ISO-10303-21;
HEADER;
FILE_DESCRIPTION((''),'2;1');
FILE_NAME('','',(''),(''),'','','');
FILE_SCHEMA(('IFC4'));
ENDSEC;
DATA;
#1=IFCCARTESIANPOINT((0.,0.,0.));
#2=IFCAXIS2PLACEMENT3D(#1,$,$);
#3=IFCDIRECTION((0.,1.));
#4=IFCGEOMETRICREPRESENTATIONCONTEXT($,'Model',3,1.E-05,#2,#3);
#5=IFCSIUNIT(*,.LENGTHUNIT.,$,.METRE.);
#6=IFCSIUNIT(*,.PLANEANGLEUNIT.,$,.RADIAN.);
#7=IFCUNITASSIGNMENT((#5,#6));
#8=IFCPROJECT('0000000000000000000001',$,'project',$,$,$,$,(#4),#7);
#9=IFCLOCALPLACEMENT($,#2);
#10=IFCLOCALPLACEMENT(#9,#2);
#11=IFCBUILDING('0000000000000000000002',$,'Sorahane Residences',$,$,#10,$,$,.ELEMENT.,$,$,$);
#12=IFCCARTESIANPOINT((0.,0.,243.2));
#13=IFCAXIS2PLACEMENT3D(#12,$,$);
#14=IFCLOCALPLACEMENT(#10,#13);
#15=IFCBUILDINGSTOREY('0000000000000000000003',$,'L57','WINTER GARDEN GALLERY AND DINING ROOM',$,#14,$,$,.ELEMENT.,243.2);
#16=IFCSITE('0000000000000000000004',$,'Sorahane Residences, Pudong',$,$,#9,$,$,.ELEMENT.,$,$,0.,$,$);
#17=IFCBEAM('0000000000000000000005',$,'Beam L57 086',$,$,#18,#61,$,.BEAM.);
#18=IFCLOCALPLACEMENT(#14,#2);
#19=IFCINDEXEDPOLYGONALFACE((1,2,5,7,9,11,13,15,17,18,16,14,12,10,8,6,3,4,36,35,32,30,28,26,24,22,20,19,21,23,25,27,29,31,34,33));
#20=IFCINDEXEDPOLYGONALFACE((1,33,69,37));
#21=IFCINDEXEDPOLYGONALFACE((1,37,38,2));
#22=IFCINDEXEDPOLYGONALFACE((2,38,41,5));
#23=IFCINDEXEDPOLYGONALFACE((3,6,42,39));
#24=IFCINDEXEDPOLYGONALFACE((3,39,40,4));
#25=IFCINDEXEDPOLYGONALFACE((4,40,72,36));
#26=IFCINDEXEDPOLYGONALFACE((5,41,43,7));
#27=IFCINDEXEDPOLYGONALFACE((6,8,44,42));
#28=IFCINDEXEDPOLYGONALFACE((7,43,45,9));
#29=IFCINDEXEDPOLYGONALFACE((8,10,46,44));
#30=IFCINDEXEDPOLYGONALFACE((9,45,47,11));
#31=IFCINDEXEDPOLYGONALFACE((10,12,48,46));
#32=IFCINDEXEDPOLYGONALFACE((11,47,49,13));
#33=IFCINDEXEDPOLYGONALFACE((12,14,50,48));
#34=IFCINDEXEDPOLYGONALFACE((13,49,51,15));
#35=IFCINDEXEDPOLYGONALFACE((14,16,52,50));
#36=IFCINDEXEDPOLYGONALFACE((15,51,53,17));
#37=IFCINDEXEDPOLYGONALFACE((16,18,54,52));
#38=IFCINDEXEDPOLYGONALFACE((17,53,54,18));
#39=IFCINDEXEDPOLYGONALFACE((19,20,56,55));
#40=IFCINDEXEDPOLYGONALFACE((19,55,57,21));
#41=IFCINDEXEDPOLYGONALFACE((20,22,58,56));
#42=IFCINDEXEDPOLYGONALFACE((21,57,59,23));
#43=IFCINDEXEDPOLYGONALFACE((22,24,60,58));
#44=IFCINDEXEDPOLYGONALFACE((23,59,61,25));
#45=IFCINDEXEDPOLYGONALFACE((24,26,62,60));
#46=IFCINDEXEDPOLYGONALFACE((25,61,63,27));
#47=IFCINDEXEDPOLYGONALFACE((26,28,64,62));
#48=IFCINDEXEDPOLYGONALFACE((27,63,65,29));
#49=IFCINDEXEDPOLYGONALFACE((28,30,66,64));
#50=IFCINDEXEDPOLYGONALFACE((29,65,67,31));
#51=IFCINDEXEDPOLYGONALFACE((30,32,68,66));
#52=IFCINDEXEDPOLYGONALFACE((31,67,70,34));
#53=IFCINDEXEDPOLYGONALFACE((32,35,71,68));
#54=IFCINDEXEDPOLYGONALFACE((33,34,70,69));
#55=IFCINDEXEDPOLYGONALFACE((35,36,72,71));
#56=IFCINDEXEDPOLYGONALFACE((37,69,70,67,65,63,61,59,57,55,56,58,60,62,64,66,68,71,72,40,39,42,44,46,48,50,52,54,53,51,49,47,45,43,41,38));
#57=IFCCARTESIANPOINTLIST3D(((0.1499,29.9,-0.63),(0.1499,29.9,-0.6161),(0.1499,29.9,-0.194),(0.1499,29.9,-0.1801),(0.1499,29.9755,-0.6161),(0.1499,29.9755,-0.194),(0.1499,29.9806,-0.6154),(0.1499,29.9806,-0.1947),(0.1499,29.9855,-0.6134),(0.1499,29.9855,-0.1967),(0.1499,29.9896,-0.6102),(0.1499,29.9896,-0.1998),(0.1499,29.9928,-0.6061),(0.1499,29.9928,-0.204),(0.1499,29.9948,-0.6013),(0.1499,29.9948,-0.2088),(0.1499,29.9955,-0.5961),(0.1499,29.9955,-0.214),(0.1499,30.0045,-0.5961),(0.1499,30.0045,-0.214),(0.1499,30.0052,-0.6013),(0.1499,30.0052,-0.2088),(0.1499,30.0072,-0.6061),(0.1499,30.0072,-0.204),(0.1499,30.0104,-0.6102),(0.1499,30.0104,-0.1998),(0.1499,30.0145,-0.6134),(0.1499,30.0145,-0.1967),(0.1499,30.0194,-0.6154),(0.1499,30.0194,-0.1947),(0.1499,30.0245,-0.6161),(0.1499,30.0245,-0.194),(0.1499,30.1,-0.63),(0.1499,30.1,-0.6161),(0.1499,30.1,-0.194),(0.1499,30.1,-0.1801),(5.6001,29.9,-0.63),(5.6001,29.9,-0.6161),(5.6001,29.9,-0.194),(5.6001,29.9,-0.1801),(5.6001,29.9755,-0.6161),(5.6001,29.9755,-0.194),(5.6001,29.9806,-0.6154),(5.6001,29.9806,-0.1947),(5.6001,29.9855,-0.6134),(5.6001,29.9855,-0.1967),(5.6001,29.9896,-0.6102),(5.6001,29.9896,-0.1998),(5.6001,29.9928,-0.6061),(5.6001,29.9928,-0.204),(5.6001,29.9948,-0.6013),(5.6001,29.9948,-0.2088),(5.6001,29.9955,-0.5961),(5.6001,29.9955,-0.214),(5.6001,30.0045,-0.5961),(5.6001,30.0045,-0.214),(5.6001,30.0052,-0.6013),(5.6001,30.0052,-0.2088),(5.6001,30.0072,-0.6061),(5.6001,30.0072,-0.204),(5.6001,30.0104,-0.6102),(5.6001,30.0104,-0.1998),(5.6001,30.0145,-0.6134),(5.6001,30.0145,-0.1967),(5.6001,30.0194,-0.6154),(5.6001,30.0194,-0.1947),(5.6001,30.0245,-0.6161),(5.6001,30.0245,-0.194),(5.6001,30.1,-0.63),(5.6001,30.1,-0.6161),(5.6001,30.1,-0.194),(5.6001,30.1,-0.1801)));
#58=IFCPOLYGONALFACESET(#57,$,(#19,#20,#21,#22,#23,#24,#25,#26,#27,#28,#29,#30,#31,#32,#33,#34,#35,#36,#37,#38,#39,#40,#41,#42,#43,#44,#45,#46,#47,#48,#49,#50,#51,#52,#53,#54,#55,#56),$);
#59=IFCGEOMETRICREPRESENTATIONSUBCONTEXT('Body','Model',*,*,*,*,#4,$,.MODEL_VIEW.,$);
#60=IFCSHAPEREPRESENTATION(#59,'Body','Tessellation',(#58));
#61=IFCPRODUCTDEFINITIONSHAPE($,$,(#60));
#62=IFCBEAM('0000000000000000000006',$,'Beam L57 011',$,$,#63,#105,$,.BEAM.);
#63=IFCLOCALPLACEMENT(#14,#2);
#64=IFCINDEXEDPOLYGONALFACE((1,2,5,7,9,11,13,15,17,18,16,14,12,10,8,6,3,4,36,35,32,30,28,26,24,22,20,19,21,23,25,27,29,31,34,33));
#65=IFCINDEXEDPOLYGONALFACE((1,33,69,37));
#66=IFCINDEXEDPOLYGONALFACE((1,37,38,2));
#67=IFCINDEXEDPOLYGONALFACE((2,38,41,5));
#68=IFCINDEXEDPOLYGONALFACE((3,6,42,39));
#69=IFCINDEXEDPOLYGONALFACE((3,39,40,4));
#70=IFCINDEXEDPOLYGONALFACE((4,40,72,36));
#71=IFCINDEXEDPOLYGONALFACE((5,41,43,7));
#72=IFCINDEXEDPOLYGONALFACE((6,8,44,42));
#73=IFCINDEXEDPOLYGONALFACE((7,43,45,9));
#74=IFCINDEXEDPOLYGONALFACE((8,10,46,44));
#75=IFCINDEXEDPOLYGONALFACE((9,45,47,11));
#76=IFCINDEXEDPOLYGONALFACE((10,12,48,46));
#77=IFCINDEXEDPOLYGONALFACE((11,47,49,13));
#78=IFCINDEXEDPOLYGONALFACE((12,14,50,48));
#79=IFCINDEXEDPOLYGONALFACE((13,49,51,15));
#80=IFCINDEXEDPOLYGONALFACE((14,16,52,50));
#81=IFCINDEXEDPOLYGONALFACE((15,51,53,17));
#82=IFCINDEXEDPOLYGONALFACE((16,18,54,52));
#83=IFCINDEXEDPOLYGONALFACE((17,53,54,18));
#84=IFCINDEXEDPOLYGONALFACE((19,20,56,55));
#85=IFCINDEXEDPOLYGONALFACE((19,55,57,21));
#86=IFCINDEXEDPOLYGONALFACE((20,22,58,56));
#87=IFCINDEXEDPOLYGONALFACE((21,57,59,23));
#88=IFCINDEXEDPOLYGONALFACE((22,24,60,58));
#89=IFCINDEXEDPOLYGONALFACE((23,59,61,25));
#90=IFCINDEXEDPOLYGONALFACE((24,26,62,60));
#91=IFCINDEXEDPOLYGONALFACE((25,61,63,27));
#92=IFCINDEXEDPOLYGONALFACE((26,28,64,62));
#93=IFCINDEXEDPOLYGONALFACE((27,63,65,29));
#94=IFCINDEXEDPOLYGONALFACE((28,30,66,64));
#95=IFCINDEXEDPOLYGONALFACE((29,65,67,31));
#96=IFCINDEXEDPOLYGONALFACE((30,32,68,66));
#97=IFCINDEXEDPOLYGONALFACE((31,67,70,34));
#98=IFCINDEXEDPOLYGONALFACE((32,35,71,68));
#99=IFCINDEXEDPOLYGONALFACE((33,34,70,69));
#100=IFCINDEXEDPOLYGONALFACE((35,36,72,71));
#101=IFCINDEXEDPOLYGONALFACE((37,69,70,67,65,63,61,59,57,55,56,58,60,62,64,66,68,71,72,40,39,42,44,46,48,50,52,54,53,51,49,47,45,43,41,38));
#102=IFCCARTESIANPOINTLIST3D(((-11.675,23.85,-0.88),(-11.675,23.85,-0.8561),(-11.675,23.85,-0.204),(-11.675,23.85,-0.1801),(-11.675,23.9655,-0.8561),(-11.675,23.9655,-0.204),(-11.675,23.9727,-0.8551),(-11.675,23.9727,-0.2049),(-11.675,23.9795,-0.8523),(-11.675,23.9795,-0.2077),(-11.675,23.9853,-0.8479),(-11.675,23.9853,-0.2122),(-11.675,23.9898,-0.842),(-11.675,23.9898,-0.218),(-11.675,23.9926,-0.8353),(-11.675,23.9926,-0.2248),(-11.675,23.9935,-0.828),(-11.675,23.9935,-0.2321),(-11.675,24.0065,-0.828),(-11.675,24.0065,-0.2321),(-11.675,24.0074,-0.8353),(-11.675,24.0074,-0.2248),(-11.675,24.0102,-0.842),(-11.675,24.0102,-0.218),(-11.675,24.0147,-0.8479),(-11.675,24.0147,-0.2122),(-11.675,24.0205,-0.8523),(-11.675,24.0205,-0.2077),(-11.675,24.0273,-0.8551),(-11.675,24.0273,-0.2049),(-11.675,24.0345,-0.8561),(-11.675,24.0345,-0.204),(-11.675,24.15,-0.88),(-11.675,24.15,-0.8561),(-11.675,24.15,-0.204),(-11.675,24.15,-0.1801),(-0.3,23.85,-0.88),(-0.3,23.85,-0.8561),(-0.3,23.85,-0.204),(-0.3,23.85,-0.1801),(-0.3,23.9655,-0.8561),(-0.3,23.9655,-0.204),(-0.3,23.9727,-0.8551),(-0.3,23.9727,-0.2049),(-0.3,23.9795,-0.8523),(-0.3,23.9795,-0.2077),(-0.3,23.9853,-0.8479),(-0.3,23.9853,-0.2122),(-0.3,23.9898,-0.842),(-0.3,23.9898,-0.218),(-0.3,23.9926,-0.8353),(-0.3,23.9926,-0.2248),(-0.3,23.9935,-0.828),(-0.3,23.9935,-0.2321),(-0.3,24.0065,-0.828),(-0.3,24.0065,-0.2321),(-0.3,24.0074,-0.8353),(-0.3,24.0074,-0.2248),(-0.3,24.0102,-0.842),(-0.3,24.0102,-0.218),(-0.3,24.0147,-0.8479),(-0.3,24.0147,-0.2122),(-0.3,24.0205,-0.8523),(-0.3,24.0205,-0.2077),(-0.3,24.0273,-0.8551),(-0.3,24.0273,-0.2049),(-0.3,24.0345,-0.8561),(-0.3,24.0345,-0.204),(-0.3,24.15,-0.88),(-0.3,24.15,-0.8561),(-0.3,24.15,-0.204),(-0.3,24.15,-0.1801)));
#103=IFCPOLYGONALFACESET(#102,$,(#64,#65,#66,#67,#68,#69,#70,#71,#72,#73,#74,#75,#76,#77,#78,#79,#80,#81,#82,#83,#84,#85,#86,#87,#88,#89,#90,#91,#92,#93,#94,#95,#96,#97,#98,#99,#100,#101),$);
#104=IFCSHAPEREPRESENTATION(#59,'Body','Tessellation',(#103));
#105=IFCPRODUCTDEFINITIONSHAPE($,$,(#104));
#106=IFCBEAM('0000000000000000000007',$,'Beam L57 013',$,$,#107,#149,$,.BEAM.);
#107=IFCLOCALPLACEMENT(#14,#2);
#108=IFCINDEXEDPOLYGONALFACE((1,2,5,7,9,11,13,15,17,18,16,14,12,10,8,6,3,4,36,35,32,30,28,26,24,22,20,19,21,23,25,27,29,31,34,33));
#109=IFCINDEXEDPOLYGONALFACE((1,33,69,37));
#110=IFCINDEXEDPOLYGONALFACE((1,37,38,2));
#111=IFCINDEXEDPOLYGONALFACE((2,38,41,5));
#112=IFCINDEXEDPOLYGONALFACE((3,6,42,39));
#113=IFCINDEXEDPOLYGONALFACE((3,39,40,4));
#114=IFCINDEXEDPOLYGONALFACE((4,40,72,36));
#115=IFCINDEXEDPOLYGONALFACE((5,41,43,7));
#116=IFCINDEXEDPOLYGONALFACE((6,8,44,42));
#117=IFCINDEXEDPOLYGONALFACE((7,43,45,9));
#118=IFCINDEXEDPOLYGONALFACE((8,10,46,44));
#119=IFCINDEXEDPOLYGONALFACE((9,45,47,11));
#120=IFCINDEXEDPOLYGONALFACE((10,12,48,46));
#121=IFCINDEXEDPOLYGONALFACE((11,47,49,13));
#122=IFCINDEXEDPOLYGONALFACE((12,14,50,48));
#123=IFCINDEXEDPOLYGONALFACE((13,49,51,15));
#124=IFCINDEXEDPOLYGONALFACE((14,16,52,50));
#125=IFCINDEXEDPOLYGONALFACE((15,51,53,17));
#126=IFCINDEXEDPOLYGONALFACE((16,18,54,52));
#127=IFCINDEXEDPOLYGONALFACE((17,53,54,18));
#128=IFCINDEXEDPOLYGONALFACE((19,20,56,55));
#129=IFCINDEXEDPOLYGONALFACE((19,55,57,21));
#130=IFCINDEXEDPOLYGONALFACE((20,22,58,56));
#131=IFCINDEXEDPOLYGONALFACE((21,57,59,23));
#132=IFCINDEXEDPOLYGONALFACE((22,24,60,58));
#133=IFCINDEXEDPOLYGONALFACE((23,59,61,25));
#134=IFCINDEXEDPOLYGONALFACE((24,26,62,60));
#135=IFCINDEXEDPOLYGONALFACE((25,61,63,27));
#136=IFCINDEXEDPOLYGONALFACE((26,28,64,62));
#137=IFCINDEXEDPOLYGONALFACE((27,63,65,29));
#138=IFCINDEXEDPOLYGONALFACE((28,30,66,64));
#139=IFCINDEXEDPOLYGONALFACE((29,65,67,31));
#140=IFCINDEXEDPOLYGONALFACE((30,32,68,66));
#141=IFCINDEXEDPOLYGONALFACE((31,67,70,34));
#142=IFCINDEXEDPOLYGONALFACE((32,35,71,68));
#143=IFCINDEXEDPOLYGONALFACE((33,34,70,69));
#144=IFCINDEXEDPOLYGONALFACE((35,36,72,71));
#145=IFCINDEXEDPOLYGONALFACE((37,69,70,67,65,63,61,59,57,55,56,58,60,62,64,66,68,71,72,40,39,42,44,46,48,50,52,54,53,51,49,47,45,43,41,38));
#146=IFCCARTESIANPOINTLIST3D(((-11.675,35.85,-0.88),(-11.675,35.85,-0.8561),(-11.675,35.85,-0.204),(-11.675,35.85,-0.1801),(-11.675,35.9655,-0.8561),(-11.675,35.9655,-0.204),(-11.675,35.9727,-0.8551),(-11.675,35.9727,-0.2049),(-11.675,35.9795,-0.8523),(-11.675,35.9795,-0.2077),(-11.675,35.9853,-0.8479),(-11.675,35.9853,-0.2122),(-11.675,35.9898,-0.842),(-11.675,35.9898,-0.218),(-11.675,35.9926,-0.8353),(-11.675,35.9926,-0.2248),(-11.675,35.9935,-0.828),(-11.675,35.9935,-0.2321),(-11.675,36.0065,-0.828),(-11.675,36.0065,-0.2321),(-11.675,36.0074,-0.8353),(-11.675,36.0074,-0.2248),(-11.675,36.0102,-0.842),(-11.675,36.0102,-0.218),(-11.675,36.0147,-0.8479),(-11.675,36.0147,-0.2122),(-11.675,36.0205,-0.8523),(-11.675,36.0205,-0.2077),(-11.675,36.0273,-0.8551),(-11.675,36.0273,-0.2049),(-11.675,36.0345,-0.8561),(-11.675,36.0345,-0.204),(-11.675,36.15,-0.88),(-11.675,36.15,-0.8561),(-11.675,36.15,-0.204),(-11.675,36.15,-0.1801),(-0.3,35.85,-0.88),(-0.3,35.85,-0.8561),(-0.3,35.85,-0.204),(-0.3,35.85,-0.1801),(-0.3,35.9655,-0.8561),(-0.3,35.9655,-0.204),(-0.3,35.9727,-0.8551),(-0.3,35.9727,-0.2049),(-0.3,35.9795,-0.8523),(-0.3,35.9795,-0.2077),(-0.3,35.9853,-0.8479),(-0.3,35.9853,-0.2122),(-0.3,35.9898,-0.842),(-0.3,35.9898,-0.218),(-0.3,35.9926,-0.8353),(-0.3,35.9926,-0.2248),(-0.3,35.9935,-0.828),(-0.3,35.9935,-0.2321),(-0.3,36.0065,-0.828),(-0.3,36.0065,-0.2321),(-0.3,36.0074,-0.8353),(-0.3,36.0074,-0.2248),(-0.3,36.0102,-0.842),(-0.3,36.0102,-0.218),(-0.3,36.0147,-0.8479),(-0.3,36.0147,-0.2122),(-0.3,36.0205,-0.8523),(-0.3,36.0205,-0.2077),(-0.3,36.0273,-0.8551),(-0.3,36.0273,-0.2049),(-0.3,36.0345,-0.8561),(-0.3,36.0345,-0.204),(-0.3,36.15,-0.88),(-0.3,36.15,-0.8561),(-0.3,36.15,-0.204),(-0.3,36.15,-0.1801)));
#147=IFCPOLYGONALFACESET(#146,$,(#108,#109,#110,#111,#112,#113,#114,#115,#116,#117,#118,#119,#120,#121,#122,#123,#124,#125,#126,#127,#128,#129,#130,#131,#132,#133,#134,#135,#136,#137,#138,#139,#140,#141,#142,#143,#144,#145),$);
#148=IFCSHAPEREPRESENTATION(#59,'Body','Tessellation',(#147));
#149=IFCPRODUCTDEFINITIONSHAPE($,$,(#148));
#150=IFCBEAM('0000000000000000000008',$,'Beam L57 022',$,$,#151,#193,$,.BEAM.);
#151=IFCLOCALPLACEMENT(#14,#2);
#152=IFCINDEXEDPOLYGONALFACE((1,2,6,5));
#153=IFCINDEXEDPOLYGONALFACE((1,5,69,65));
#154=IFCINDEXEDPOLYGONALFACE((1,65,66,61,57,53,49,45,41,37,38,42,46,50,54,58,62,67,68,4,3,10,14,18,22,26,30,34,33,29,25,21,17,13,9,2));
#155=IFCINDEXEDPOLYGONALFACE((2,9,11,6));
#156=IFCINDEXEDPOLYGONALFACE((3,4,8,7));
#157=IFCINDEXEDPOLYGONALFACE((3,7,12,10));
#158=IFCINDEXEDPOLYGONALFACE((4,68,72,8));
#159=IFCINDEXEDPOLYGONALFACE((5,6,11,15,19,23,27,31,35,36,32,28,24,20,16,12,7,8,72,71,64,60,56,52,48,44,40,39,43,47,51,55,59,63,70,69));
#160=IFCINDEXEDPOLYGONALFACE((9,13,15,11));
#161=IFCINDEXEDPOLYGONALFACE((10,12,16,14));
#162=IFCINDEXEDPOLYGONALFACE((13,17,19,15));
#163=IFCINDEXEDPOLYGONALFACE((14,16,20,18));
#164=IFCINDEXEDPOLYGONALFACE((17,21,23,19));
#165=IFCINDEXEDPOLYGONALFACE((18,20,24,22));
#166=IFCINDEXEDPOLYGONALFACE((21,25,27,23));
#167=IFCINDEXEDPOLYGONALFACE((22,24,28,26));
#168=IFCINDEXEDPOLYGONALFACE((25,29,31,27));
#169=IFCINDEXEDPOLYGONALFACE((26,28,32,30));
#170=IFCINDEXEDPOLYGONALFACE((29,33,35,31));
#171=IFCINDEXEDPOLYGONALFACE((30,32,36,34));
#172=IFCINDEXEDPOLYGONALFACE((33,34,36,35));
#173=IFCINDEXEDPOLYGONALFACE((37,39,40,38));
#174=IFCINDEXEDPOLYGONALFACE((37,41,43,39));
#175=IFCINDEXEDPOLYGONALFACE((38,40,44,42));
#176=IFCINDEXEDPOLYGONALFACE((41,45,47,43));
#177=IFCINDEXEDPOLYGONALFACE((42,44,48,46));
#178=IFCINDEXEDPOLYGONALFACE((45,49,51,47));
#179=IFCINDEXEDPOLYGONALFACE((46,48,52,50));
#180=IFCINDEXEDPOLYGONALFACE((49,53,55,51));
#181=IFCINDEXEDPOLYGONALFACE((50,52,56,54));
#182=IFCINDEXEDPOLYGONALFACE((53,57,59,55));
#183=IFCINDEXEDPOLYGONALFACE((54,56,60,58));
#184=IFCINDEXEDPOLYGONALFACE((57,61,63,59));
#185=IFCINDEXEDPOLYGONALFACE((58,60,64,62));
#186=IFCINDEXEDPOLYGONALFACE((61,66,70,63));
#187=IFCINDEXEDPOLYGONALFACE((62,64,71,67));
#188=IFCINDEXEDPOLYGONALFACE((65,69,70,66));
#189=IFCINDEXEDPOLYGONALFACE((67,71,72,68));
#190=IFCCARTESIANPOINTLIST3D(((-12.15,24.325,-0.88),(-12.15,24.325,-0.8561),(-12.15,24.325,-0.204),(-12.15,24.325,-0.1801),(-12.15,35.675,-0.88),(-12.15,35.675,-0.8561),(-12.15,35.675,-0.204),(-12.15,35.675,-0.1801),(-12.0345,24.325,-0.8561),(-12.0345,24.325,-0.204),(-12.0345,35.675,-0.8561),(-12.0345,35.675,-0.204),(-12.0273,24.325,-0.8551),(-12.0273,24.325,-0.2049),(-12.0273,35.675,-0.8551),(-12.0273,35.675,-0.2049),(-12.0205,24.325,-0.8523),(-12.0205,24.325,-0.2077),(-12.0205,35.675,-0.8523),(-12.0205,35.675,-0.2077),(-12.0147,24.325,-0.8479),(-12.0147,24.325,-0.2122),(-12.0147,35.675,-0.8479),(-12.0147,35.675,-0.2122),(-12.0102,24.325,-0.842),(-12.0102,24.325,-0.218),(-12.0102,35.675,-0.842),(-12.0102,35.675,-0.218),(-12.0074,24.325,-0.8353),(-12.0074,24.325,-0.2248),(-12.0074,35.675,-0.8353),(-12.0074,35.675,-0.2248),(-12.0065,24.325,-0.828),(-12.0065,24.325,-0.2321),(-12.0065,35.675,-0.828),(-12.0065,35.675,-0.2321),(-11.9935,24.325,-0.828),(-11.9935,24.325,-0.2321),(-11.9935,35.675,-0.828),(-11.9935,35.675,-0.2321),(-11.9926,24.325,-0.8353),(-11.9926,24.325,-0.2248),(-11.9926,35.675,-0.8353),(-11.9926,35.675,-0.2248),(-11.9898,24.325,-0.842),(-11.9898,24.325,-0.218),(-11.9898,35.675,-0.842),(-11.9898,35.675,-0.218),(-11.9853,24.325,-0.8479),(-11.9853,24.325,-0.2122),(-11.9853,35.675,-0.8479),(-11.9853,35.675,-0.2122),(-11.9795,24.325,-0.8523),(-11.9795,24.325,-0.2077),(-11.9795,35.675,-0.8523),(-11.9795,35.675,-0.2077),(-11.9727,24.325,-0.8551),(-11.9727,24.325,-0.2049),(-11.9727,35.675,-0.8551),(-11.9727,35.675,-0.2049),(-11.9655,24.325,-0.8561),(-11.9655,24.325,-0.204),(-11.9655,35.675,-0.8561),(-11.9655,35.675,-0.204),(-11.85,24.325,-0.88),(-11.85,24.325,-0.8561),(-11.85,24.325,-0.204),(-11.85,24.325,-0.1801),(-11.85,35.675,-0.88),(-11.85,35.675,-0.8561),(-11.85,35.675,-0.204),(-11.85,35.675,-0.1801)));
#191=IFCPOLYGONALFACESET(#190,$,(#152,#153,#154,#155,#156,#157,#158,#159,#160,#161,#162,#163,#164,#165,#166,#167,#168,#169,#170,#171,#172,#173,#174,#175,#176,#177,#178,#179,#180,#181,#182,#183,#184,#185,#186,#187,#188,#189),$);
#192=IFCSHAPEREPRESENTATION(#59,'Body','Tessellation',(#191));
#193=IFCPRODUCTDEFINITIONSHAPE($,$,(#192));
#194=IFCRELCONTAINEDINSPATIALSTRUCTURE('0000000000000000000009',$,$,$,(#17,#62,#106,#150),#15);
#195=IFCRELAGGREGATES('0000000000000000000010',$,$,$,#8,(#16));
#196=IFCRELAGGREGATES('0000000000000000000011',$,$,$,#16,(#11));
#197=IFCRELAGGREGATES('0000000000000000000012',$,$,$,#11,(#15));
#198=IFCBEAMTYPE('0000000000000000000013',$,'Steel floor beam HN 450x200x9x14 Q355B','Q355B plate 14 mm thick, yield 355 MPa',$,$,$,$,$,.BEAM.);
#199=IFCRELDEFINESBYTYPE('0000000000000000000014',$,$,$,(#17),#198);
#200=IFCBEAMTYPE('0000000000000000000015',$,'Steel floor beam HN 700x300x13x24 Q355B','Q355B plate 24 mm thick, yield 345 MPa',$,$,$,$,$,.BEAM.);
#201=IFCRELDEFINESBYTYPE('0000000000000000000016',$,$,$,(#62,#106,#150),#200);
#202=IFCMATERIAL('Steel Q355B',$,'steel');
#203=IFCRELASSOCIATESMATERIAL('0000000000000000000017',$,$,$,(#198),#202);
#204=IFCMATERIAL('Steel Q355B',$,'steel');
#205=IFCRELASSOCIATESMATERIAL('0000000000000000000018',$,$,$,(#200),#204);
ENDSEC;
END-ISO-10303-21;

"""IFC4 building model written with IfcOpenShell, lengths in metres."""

from ifc_helpers import new_model, si_unit, direction, frame, origin, origin_2d, place, context, subcontext, project, spatial, i_section, extrude, material, material_profile, profile_set, type_object, element, save


model = new_model("IFC4")

# Units and contexts
model_context = context("Model", 3, precision=1e-05, world=origin(), true_north=direction((0.0, 1.0)))
body_context = subcontext(model_context, "Body", "Model", "MODEL_VIEW")
ifc_project = project(units=[si_unit("LENGTHUNIT", "METRE"), si_unit("PLANEANGLEUNIT", "RADIAN")], contexts=[model_context])

# Site, building, storey
site_placement = place(None, origin())
site = spatial("IfcSite", under=ifc_project, at=site_placement, Name="Sorahane Residences, Pudong", CompositionType="ELEMENT", RefElevation=0.0)
building_placement = place(site_placement, origin())
building = spatial("IfcBuilding", under=site, at=building_placement, Name="Sorahane Residences", CompositionType="ELEMENT")
storey_placement = place(building_placement, frame((0.0, 0.0, 243.2)))
storey = spatial("IfcBuildingStorey", under=building, at=storey_placement, Name="L57", Description="WINTER GARDEN GALLERY AND DINING ROOM", CompositionType="ELEMENT", Elevation=243.2)

# Beams
ifc_material_1 = material(Name="Steel Q355B", Category="steel")
ifc_material_profile_1 = material_profile(ifc_material_1, i_section(OverallWidth=0.2, OverallDepth=0.45, WebThickness=0.009, FlangeThickness=0.0139, FilletRadius=0.02, at=origin_2d()), Name="HN 450x200x9x14")
ifc_profile_set_1 = profile_set([ifc_material_profile_1], Name="Steel Q355B")
beam_type_1 = type_object("IfcBeamType", Name="Steel floor beam HN 450x200x9x14 Q355B", Description="Q355B plate 14 mm thick, yield 355 MPa", PredefinedType="BEAM", material=ifc_profile_set_1)
beam_1_placement = place(storey_placement, frame((0.1499, 30.0, -0.405), z_axis=(1.0, 0.0, 0.0), x_axis=(0.0, 1.0, 0.0)))
element("IfcBeam", 1, at=beam_1_placement, inside=storey, type_object=beam_type_1, Name="Beam L57 086", PredefinedType="BEAM", context=body_context, shape_type="SweptSolid", body=[
    extrude(i_section(OverallWidth=0.2, OverallDepth=0.45, WebThickness=0.009, FlangeThickness=0.0139, FilletRadius=0.02, at=origin_2d()), origin(), (0.0, 0.0, 1.0), 5.4502),
])
ifc_material_2 = material(Name="Steel Q355B", Category="steel")
ifc_material_profile_2 = material_profile(ifc_material_2, i_section(OverallWidth=0.3, OverallDepth=0.7, WebThickness=0.0129, FlangeThickness=0.0239, FilletRadius=0.0281, at=origin_2d()), Name="HN 700x300x13x24")
ifc_profile_set_2 = profile_set([ifc_material_profile_2], Name="Steel Q355B")
beam_type_2 = type_object("IfcBeamType", Name="Steel floor beam HN 700x300x13x24 Q355B", Description="Q355B plate 24 mm thick, yield 345 MPa", PredefinedType="BEAM", material=ifc_profile_set_2)
for number, where, z_axis, x_axis, name in (
    (2, (-11.675, 24.0, -0.53), (1.0, 0.0, 0.0), (0.0, 1.0, 0.0), "Beam L57 011"),
    (3, (-11.675, 36.0, -0.53), (1.0, 0.0, 0.0), (0.0, 1.0, 0.0), "Beam L57 013"),
):
    element("IfcBeam", number, at=place(storey_placement, frame(where, z_axis=z_axis, x_axis=x_axis)), inside=storey, type_object=beam_type_2, Name=name, PredefinedType="BEAM", context=body_context, shape_type="SweptSolid", body=[
        extrude(i_section(OverallWidth=0.3, OverallDepth=0.7, WebThickness=0.0129, FlangeThickness=0.0239, FilletRadius=0.0281, at=origin_2d()), origin(), (0.0, 0.0, 1.0), 11.375),
    ])
beam_2_placement = place(storey_placement, frame((-12.0, 24.325, -0.53), z_axis=(0.0, 1.0, 0.0), x_axis=(-1.0, 0.0, 0.0)))
element("IfcBeam", 4, at=beam_2_placement, inside=storey, type_object=beam_type_2, Name="Beam L57 022", PredefinedType="BEAM", context=body_context, shape_type="SweptSolid", body=[
    extrude(i_section(OverallWidth=0.3, OverallDepth=0.7, WebThickness=0.0129, FlangeThickness=0.0239, FilletRadius=0.0281, at=origin_2d()), origin(), (0.0, 0.0, 1.0), 11.3501),
])

save(model, "model.ifc")
